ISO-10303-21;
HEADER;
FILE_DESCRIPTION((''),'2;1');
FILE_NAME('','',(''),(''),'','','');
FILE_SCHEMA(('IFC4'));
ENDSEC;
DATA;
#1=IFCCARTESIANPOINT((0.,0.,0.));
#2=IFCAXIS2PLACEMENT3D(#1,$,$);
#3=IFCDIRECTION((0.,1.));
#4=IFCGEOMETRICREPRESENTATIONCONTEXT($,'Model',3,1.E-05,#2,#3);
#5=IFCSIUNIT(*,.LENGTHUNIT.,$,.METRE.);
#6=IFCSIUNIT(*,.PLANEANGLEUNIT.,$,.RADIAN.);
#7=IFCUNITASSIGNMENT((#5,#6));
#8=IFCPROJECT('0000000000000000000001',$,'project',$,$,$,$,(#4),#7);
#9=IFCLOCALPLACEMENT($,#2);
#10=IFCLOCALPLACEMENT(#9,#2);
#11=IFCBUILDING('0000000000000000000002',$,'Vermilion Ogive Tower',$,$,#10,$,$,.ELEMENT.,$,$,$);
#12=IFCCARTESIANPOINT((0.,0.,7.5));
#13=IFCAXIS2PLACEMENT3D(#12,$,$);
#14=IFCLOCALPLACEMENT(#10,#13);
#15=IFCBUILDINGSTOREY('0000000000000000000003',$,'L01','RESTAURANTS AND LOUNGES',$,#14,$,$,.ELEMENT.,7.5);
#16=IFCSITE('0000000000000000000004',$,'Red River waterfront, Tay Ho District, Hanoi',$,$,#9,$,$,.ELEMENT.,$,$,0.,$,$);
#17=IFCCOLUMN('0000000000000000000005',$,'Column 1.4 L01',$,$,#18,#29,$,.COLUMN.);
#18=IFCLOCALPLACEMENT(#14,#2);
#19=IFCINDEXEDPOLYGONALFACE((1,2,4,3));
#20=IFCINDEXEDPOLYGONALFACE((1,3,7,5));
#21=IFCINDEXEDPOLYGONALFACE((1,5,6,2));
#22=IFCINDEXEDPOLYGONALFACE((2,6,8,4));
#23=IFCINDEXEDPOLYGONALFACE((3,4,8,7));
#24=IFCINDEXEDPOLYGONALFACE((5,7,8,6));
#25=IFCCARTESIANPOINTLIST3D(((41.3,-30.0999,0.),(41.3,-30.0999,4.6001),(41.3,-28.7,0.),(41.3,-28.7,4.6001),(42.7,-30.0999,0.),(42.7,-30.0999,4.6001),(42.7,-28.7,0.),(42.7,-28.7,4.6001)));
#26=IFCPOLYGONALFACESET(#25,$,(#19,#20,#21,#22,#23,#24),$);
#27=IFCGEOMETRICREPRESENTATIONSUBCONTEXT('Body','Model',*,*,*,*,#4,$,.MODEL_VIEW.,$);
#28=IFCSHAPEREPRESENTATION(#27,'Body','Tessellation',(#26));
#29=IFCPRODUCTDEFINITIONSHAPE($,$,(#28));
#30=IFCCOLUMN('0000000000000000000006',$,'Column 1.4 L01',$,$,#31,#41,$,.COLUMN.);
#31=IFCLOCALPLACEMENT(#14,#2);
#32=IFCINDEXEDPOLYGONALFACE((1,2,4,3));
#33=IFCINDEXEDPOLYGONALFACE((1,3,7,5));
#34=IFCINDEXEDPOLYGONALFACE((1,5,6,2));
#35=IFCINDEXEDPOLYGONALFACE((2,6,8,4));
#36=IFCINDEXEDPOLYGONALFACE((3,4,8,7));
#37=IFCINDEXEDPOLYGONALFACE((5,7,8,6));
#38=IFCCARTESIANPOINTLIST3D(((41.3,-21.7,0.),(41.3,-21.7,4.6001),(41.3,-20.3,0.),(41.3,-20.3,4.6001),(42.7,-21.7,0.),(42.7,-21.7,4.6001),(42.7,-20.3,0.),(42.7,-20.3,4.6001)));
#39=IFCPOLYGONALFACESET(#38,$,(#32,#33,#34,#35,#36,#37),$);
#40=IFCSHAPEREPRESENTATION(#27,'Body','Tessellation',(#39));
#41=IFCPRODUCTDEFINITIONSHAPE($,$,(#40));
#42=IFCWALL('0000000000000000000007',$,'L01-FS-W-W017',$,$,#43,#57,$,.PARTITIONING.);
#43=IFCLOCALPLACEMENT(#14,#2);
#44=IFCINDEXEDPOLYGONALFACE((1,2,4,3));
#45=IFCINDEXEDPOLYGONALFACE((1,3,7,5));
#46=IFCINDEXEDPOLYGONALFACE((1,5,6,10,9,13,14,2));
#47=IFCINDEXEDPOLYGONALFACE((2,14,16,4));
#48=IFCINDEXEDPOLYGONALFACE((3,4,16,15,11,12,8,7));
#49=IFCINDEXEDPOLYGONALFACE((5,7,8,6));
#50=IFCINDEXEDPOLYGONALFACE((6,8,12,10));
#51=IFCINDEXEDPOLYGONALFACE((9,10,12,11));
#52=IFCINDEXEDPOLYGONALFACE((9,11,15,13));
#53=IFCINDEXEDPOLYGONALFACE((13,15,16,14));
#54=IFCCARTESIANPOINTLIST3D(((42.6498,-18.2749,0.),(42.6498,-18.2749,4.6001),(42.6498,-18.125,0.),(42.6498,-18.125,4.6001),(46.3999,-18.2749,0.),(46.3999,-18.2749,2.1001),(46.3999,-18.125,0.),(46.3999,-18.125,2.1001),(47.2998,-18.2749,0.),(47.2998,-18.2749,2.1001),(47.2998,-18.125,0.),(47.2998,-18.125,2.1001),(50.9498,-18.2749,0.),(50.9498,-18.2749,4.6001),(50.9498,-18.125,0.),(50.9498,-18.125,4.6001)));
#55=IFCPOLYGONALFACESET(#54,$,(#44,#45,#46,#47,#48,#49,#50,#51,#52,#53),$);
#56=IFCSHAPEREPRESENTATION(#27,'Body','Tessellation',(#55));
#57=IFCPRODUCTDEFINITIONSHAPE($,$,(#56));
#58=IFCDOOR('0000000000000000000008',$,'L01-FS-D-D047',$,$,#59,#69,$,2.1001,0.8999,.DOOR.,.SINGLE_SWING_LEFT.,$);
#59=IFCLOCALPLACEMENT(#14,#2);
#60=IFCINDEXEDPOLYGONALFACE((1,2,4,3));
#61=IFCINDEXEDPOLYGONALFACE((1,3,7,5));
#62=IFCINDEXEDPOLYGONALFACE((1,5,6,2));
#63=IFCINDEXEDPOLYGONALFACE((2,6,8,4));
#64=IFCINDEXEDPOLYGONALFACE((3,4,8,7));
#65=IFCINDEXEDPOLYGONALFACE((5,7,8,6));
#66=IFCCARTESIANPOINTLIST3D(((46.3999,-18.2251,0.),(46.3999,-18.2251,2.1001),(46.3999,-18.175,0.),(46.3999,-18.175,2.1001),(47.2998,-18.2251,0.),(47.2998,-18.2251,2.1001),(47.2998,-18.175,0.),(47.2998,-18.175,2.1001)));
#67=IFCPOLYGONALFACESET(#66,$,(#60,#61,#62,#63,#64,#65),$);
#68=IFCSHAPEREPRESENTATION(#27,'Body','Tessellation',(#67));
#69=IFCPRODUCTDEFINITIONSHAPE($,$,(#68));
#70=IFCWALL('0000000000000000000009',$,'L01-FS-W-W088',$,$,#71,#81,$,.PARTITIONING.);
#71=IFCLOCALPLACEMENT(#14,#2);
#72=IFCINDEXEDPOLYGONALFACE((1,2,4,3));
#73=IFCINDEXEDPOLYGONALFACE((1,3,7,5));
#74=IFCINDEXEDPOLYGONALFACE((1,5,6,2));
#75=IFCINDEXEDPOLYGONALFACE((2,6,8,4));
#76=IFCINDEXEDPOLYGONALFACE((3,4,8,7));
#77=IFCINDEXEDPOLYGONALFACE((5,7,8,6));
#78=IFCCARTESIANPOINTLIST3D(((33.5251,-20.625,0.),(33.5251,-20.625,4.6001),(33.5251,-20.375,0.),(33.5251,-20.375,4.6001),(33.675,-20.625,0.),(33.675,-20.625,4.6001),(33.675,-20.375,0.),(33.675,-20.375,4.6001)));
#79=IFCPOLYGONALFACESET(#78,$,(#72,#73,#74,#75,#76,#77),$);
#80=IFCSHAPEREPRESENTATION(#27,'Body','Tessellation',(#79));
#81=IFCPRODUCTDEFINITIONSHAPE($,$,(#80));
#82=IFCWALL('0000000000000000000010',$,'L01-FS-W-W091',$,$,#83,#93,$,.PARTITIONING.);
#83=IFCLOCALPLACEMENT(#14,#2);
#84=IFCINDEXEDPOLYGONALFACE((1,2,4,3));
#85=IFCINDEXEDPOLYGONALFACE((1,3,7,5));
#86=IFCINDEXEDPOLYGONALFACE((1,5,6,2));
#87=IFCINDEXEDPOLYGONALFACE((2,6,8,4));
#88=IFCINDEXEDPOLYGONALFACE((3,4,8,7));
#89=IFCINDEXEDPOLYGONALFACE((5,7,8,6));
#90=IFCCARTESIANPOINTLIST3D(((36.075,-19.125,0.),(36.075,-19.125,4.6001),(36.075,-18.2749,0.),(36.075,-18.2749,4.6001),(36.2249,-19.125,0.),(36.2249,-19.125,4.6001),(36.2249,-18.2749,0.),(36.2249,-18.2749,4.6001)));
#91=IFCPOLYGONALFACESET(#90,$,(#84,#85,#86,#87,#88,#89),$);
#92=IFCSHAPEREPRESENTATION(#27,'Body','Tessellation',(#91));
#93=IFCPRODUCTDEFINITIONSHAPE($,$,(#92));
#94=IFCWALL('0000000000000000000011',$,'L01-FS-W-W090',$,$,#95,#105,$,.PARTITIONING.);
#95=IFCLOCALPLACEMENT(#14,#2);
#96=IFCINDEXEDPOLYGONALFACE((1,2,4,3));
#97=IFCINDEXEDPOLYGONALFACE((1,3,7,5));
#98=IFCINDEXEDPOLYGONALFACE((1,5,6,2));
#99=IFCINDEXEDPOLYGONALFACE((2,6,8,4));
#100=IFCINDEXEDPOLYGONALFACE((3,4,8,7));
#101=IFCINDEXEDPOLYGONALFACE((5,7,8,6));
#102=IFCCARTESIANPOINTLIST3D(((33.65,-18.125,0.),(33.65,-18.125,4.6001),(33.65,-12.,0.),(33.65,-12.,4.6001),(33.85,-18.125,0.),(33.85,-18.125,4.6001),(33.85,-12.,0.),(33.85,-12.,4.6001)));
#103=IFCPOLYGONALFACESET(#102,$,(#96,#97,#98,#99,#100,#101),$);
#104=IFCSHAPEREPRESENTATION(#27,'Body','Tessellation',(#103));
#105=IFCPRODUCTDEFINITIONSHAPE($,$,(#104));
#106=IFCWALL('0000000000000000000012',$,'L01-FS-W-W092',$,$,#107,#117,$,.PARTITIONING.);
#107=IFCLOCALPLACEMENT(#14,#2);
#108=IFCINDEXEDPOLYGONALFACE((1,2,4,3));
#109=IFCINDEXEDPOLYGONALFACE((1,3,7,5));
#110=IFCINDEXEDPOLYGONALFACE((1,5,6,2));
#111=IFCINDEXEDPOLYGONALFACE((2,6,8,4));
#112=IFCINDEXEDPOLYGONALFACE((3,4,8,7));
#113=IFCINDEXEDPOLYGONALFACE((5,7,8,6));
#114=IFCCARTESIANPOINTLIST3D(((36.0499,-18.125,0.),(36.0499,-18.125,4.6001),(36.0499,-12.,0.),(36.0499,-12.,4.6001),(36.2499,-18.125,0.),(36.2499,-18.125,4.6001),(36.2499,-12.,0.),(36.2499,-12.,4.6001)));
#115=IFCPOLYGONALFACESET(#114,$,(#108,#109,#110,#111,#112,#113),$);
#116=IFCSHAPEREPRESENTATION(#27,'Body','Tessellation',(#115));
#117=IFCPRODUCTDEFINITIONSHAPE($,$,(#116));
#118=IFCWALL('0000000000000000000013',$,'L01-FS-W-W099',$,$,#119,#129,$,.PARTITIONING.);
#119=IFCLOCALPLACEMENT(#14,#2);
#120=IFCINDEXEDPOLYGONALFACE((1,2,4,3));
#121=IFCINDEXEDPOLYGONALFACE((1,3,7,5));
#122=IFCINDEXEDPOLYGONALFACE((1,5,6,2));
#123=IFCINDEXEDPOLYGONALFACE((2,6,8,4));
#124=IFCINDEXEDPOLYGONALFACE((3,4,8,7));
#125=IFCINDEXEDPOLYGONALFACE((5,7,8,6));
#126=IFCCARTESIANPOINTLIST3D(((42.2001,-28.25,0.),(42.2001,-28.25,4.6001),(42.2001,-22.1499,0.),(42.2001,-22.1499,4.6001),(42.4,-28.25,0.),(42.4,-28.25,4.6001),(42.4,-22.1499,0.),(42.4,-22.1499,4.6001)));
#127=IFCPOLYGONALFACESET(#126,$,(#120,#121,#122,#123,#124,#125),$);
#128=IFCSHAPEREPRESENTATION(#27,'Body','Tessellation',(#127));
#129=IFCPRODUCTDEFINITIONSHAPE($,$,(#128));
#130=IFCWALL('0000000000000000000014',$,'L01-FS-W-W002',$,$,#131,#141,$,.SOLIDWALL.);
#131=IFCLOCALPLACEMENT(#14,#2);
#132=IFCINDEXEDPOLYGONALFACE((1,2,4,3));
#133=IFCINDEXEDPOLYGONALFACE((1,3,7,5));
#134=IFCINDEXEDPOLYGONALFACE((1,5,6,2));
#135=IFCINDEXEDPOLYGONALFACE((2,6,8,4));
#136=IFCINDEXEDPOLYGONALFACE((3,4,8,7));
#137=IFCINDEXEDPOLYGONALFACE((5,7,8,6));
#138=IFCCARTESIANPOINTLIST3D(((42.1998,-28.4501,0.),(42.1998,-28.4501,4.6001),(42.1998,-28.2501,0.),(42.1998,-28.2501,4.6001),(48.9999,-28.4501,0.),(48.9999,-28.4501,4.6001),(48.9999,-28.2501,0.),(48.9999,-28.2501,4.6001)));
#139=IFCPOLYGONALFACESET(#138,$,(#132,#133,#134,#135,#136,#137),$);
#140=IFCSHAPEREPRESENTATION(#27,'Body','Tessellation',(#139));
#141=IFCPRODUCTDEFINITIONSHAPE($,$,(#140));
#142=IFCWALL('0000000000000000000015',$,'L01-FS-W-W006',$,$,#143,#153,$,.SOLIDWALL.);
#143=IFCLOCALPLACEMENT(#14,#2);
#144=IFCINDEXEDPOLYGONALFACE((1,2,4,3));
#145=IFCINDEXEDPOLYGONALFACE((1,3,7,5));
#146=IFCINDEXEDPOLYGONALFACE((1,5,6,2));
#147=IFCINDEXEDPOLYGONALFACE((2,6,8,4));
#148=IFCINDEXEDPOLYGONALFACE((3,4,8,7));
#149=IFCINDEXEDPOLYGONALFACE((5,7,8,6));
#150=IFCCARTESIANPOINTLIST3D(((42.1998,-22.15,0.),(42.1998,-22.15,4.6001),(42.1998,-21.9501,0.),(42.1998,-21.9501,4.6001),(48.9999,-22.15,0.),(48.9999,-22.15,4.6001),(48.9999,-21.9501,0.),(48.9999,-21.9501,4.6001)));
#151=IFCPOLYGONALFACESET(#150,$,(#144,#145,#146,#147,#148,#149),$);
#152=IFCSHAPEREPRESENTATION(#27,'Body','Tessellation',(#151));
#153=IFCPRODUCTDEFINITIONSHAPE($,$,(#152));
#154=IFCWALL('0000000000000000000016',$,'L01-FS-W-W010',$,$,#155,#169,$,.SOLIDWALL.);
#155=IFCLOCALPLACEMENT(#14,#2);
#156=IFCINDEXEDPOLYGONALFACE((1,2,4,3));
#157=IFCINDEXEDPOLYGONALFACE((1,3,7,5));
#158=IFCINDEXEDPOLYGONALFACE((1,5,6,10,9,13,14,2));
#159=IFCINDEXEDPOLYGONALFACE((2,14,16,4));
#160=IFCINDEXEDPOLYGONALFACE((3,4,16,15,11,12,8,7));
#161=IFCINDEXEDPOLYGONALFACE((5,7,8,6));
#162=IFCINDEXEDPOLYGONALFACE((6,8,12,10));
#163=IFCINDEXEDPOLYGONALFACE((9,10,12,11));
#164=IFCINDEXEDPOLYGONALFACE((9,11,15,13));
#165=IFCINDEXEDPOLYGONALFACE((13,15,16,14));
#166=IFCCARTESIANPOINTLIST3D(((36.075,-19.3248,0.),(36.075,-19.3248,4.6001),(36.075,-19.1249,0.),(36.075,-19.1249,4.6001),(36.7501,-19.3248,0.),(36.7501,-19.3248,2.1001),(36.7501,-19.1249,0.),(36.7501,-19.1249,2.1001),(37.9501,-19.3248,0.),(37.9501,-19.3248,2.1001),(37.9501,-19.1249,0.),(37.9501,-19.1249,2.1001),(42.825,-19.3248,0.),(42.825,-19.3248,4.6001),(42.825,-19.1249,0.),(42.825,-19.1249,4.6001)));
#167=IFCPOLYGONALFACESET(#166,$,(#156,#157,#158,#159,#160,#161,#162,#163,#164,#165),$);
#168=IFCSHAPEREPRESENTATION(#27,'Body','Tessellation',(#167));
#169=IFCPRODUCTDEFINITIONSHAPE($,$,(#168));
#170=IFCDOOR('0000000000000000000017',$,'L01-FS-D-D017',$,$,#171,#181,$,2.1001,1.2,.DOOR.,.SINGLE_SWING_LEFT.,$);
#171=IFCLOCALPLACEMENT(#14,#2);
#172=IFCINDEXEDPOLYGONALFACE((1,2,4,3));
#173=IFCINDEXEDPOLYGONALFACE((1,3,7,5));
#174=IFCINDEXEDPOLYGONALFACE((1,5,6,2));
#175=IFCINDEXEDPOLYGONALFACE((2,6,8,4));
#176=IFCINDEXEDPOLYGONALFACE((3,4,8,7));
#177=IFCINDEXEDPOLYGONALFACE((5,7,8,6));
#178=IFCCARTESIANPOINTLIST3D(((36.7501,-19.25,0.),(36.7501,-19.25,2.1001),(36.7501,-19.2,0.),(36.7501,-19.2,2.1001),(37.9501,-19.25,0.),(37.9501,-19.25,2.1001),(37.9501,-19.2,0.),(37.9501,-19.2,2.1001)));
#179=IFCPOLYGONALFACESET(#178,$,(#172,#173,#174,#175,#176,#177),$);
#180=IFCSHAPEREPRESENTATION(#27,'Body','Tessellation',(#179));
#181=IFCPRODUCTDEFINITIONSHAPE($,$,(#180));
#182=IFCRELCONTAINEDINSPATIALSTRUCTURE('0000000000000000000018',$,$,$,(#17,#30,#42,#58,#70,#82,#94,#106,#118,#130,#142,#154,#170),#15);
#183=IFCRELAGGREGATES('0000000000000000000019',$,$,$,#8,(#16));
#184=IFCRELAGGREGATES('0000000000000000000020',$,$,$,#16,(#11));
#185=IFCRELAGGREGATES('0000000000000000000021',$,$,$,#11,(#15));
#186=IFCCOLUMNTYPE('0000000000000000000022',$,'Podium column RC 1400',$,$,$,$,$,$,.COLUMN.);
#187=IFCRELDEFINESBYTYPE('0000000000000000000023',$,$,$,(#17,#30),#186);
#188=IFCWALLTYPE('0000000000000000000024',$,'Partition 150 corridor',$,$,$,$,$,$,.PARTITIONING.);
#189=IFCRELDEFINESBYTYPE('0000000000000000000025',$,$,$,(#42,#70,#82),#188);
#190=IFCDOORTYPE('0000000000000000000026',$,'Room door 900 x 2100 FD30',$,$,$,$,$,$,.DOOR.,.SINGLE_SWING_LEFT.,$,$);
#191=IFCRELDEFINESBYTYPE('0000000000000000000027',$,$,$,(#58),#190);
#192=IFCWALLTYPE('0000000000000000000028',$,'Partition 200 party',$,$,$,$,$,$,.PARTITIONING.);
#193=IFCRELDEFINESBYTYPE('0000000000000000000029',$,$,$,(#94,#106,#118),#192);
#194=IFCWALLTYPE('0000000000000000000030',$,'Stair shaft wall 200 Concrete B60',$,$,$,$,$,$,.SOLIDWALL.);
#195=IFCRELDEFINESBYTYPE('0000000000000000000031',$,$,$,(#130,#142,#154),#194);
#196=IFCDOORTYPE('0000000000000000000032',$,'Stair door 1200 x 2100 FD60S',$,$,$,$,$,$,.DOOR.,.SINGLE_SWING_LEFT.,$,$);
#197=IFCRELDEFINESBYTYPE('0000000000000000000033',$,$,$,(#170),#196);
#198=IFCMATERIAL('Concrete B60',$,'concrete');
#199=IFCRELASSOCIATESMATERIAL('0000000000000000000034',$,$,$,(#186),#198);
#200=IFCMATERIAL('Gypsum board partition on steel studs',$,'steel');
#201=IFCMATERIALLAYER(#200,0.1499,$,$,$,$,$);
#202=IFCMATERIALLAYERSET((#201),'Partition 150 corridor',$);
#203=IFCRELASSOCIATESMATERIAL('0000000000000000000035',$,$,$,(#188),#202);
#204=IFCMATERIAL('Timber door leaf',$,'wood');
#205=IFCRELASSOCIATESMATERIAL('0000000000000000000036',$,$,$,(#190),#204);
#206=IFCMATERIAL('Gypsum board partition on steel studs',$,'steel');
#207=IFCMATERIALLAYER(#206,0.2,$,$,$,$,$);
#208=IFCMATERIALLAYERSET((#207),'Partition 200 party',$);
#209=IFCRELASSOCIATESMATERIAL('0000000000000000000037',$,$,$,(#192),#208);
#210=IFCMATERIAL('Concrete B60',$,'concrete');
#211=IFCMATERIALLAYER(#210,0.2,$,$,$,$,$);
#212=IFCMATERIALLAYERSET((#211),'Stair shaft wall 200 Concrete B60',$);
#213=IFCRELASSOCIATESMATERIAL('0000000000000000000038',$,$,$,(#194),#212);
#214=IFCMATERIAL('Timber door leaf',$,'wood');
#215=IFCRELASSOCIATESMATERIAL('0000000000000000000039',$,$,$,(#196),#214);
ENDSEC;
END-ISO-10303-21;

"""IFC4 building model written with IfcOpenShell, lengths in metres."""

from ifc_helpers import new_model, si_unit, direction, frame, frame_2d, origin, origin_2d, place, context, subcontext, project, spatial, rectangle, extrude, material, layer, layer_set, material_profile, profile_set, type_object, element, fill, save


model = new_model("IFC4")

# Units and contexts
model_context = context("Model", 3, precision=1e-05, world=origin(), true_north=direction((0.0, 1.0)))
body_context = subcontext(model_context, "Body", "Model", "MODEL_VIEW")
ifc_project = project(units=[si_unit("LENGTHUNIT", "METRE"), si_unit("PLANEANGLEUNIT", "RADIAN")], contexts=[model_context])

# Site, building, storey
site_placement = place(None, origin())
site = spatial("IfcSite", under=ifc_project, at=site_placement, Name="Red River waterfront, Tay Ho District, Hanoi", CompositionType="ELEMENT", RefElevation=0.0)
building_placement = place(site_placement, origin())
building = spatial("IfcBuilding", under=site, at=building_placement, Name="Vermilion Ogive Tower", CompositionType="ELEMENT")
storey_placement = place(building_placement, frame((0.0, 0.0, 7.5)))
storey = spatial("IfcBuildingStorey", under=building, at=storey_placement, Name="L01", Description="RESTAURANTS AND LOUNGES", CompositionType="ELEMENT", Elevation=7.5)

# Columns
ifc_material_1 = material(Name="Concrete B60", Category="concrete")
ifc_material_profile = material_profile(ifc_material_1, rectangle(XDim=1.3999, YDim=1.3999, at=origin_2d()), Name="RC 1400x1400")
ifc_profile_set = profile_set([ifc_material_profile], Name="Concrete B60")
column_type = type_object("IfcColumnType", Name="Podium column RC 1400", PredefinedType="COLUMN", material=ifc_profile_set)
for number, where, z_axis, x_axis, name in (
    (1, (42.0, -29.3999, 0.0), (0.0, 0.0, 1.0), (1.0, 0.0, 0.0), "Column 1.4 L01"),
    (2, (42.0, -21.0, 0.0), (0.0, 0.0, 1.0), (1.0, 0.0, 0.0), "Column 1.4 L01"),
):
    element("IfcColumn", number, at=place(storey_placement, frame(where, z_axis=z_axis, x_axis=x_axis)), inside=storey, type_object=column_type, Name=name, PredefinedType="COLUMN", context=body_context, shape_type="SweptSolid", body=[
        extrude(rectangle(XDim=1.3999, YDim=1.3999, at=origin_2d()), origin(), (0.0, 0.0, 1.0), 4.6001),
    ])

# Wall, opening, door
ifc_material_2 = material(Name="Gypsum board partition on steel studs", Category="steel")
ifc_layer_1 = layer(ifc_material_2, 0.1499)
ifc_layer_set_1 = layer_set([ifc_layer_1], Name="Partition 150 corridor")
wall_type_1 = type_object("IfcWallType", Name="Partition 150 corridor", PredefinedType="PARTITIONING", material=ifc_layer_set_1)
wall_1_placement = place(storey_placement, frame((42.6499, -18.2, 0.0), z_axis=(0.0, 0.0, 1.0), x_axis=(1.0, 0.0, 0.0)))
wall_1 = element("IfcWall", 3, at=wall_1_placement, inside=storey, type_object=wall_type_1, Name="L01-FS-W-W017", PredefinedType="PARTITIONING", context=body_context, shape_type="SweptSolid", body=[
    extrude(rectangle(XDim=8.3, YDim=0.1499, at=frame_2d((4.1499, 0.0))), origin(), (0.0, 0.0, 1.0), 4.6001),
])
opening_1_placement = place(wall_1_placement, frame((3.75, 0.0, 0.0)))
opening_1 = element("IfcOpeningElement", 4, at=opening_1_placement, cuts=wall_1, PredefinedType="OPENING", context=body_context, shape_type="SweptSolid", body=[
    extrude(rectangle(XDim=0.8999, YDim=2.1001, at=frame_2d((0.45, 1.05))), frame((0.0, 0.085, 0.0), z_axis=(0.0, -1.0, 0.0), x_axis=(1.0, 0.0, 0.0)), (0.0, 0.0, 1.0), 0.1699),
])
ifc_material_3 = material(Name="Timber door leaf", Category="wood")
door_type_1 = type_object("IfcDoorType", Name="Room door 900 x 2100 FD30", OperationType="SINGLE_SWING_LEFT", PredefinedType="DOOR", material=ifc_material_3)
door_1_placement = place(opening_1_placement, origin())
door_1 = element("IfcDoor", 5, at=door_1_placement, inside=storey, type_object=door_type_1, Name="L01-FS-D-D047", OperationType="SINGLE_SWING_LEFT", OverallHeight=2.1001, OverallWidth=0.8999, PredefinedType="DOOR", context=body_context, shape_type="SweptSolid", body=[
    extrude(rectangle(XDim=0.8999, YDim=2.1001, at=frame_2d((0.45, 1.05))), frame((0.0, 0.0249, 0.0), z_axis=(0.0, -1.0, 0.0), x_axis=(1.0, 0.0, 0.0)), (0.0, 0.0, 1.0), 0.05),
])
fill(opening_1, door_1)

# Walls
wall_2_placement = place(storey_placement, frame((33.6001, -20.625, 0.0), z_axis=(0.0, 0.0, 1.0), x_axis=(0.0, 1.0, 0.0)))
element("IfcWall", 6, at=wall_2_placement, inside=storey, type_object=wall_type_1, Name="L01-FS-W-W088", PredefinedType="PARTITIONING", context=body_context, shape_type="SweptSolid", body=[
    extrude(rectangle(XDim=0.25, YDim=0.1499, at=frame_2d((0.125, 0.0))), origin(), (0.0, 0.0, 1.0), 4.6001),
])
wall_3_placement = place(storey_placement, frame((36.1499, -19.125, 0.0), z_axis=(0.0, 0.0, 1.0), x_axis=(0.0, 1.0, 0.0)))
element("IfcWall", 7, at=wall_3_placement, inside=storey, type_object=wall_type_1, Name="L01-FS-W-W091", PredefinedType="PARTITIONING", context=body_context, shape_type="SweptSolid", body=[
    extrude(rectangle(XDim=0.8501, YDim=0.1499, at=frame_2d((0.425, 0.0))), origin(), (0.0, 0.0, 1.0), 4.6001),
])
ifc_material_4 = material(Name="Gypsum board partition on steel studs", Category="steel")
ifc_layer_2 = layer(ifc_material_4, 0.2)
ifc_layer_set_2 = layer_set([ifc_layer_2], Name="Partition 200 party")
wall_type_2 = type_object("IfcWallType", Name="Partition 200 party", PredefinedType="PARTITIONING", material=ifc_layer_set_2)
for number, where, z_axis, x_axis, name in (
    (8, (33.75, -18.125, 0.0), (0.0, 0.0, 1.0), (0.0, 1.0, 0.0), "L01-FS-W-W090"),
    (9, (36.1499, -18.125, 0.0), (0.0, 0.0, 1.0), (0.0, 1.0, 0.0), "L01-FS-W-W092"),
):
    element("IfcWall", number, at=place(storey_placement, frame(where, z_axis=z_axis, x_axis=x_axis)), inside=storey, type_object=wall_type_2, Name=name, PredefinedType="PARTITIONING", context=body_context, shape_type="SweptSolid", body=[
        extrude(rectangle(XDim=6.125, YDim=0.2, at=frame_2d((3.0625, 0.0))), origin(), (0.0, 0.0, 1.0), 4.6001),
    ])
wall_4_placement = place(storey_placement, frame((42.3, -28.25, 0.0), z_axis=(0.0, 0.0, 1.0), x_axis=(0.0, 1.0, 0.0)))
element("IfcWall", 10, at=wall_4_placement, inside=storey, type_object=wall_type_2, Name="L01-FS-W-W099", PredefinedType="PARTITIONING", context=body_context, shape_type="SweptSolid", body=[
    extrude(rectangle(XDim=6.1001, YDim=0.2, at=frame_2d((3.05, 0.0))), origin(), (0.0, 0.0, 1.0), 4.6001),
])
ifc_material_5 = material(Name="Concrete B60", Category="concrete")
ifc_layer_3 = layer(ifc_material_5, 0.2)
ifc_layer_set_3 = layer_set([ifc_layer_3], Name="Stair shaft wall 200 Concrete B60")
wall_type_3 = type_object("IfcWallType", Name="Stair shaft wall 200 Concrete B60", PredefinedType="SOLIDWALL", material=ifc_layer_set_3)
for number, where, z_axis, x_axis, name in (
    (11, (42.2, -28.3501, 0.0), (0.0, 0.0, 1.0), (1.0, 0.0, 0.0), "L01-FS-W-W002"),
    (12, (42.2, -22.05, 0.0), (0.0, 0.0, 1.0), (1.0, 0.0, 0.0), "L01-FS-W-W006"),
):
    element("IfcWall", number, at=place(storey_placement, frame(where, z_axis=z_axis, x_axis=x_axis)), inside=storey, type_object=wall_type_3, Name=name, PredefinedType="SOLIDWALL", context=body_context, shape_type="SweptSolid", body=[
        extrude(rectangle(XDim=6.8, YDim=0.2, at=frame_2d((3.3999, 0.0))), origin(), (0.0, 0.0, 1.0), 4.6001),
    ])

# Wall, opening, door
wall_5_placement = place(storey_placement, frame((36.075, -19.2249, 0.0), z_axis=(0.0, 0.0, 1.0), x_axis=(1.0, 0.0, 0.0)))
wall_5 = element("IfcWall", 13, at=wall_5_placement, inside=storey, type_object=wall_type_3, Name="L01-FS-W-W010", PredefinedType="SOLIDWALL", context=body_context, shape_type="SweptSolid", body=[
    extrude(rectangle(XDim=6.75, YDim=0.2, at=frame_2d((3.375, 0.0))), origin(), (0.0, 0.0, 1.0), 4.6001),
])
opening_2_placement = place(wall_5_placement, frame((0.675, 0.0, 0.0)))
opening_2 = element("IfcOpeningElement", 14, at=opening_2_placement, cuts=wall_5, PredefinedType="OPENING", context=body_context, shape_type="SweptSolid", body=[
    extrude(rectangle(XDim=1.2, YDim=2.1001, at=frame_2d((0.6001, 1.05))), frame((0.0, 0.1099, 0.0), z_axis=(0.0, -1.0, 0.0), x_axis=(1.0, 0.0, 0.0)), (0.0, 0.0, 1.0), 0.22),
])
ifc_material_6 = material(Name="Timber door leaf", Category="wood")
door_type_2 = type_object("IfcDoorType", Name="Stair door 1200 x 2100 FD60S", OperationType="SINGLE_SWING_LEFT", PredefinedType="DOOR", material=ifc_material_6)
door_2_placement = place(opening_2_placement, origin())
door_2 = element("IfcDoor", 15, at=door_2_placement, inside=storey, type_object=door_type_2, Name="L01-FS-D-D017", OperationType="SINGLE_SWING_LEFT", OverallHeight=2.1001, OverallWidth=1.2, PredefinedType="DOOR", context=body_context, shape_type="SweptSolid", body=[
    extrude(rectangle(XDim=1.2, YDim=2.1001, at=frame_2d((0.6001, 1.05))), frame((0.0, 0.0249, 0.0), z_axis=(0.0, -1.0, 0.0), x_axis=(1.0, 0.0, 0.0)), (0.0, 0.0, 1.0), 0.05),
])
fill(opening_2, door_2)

save(model, "model.ifc")
